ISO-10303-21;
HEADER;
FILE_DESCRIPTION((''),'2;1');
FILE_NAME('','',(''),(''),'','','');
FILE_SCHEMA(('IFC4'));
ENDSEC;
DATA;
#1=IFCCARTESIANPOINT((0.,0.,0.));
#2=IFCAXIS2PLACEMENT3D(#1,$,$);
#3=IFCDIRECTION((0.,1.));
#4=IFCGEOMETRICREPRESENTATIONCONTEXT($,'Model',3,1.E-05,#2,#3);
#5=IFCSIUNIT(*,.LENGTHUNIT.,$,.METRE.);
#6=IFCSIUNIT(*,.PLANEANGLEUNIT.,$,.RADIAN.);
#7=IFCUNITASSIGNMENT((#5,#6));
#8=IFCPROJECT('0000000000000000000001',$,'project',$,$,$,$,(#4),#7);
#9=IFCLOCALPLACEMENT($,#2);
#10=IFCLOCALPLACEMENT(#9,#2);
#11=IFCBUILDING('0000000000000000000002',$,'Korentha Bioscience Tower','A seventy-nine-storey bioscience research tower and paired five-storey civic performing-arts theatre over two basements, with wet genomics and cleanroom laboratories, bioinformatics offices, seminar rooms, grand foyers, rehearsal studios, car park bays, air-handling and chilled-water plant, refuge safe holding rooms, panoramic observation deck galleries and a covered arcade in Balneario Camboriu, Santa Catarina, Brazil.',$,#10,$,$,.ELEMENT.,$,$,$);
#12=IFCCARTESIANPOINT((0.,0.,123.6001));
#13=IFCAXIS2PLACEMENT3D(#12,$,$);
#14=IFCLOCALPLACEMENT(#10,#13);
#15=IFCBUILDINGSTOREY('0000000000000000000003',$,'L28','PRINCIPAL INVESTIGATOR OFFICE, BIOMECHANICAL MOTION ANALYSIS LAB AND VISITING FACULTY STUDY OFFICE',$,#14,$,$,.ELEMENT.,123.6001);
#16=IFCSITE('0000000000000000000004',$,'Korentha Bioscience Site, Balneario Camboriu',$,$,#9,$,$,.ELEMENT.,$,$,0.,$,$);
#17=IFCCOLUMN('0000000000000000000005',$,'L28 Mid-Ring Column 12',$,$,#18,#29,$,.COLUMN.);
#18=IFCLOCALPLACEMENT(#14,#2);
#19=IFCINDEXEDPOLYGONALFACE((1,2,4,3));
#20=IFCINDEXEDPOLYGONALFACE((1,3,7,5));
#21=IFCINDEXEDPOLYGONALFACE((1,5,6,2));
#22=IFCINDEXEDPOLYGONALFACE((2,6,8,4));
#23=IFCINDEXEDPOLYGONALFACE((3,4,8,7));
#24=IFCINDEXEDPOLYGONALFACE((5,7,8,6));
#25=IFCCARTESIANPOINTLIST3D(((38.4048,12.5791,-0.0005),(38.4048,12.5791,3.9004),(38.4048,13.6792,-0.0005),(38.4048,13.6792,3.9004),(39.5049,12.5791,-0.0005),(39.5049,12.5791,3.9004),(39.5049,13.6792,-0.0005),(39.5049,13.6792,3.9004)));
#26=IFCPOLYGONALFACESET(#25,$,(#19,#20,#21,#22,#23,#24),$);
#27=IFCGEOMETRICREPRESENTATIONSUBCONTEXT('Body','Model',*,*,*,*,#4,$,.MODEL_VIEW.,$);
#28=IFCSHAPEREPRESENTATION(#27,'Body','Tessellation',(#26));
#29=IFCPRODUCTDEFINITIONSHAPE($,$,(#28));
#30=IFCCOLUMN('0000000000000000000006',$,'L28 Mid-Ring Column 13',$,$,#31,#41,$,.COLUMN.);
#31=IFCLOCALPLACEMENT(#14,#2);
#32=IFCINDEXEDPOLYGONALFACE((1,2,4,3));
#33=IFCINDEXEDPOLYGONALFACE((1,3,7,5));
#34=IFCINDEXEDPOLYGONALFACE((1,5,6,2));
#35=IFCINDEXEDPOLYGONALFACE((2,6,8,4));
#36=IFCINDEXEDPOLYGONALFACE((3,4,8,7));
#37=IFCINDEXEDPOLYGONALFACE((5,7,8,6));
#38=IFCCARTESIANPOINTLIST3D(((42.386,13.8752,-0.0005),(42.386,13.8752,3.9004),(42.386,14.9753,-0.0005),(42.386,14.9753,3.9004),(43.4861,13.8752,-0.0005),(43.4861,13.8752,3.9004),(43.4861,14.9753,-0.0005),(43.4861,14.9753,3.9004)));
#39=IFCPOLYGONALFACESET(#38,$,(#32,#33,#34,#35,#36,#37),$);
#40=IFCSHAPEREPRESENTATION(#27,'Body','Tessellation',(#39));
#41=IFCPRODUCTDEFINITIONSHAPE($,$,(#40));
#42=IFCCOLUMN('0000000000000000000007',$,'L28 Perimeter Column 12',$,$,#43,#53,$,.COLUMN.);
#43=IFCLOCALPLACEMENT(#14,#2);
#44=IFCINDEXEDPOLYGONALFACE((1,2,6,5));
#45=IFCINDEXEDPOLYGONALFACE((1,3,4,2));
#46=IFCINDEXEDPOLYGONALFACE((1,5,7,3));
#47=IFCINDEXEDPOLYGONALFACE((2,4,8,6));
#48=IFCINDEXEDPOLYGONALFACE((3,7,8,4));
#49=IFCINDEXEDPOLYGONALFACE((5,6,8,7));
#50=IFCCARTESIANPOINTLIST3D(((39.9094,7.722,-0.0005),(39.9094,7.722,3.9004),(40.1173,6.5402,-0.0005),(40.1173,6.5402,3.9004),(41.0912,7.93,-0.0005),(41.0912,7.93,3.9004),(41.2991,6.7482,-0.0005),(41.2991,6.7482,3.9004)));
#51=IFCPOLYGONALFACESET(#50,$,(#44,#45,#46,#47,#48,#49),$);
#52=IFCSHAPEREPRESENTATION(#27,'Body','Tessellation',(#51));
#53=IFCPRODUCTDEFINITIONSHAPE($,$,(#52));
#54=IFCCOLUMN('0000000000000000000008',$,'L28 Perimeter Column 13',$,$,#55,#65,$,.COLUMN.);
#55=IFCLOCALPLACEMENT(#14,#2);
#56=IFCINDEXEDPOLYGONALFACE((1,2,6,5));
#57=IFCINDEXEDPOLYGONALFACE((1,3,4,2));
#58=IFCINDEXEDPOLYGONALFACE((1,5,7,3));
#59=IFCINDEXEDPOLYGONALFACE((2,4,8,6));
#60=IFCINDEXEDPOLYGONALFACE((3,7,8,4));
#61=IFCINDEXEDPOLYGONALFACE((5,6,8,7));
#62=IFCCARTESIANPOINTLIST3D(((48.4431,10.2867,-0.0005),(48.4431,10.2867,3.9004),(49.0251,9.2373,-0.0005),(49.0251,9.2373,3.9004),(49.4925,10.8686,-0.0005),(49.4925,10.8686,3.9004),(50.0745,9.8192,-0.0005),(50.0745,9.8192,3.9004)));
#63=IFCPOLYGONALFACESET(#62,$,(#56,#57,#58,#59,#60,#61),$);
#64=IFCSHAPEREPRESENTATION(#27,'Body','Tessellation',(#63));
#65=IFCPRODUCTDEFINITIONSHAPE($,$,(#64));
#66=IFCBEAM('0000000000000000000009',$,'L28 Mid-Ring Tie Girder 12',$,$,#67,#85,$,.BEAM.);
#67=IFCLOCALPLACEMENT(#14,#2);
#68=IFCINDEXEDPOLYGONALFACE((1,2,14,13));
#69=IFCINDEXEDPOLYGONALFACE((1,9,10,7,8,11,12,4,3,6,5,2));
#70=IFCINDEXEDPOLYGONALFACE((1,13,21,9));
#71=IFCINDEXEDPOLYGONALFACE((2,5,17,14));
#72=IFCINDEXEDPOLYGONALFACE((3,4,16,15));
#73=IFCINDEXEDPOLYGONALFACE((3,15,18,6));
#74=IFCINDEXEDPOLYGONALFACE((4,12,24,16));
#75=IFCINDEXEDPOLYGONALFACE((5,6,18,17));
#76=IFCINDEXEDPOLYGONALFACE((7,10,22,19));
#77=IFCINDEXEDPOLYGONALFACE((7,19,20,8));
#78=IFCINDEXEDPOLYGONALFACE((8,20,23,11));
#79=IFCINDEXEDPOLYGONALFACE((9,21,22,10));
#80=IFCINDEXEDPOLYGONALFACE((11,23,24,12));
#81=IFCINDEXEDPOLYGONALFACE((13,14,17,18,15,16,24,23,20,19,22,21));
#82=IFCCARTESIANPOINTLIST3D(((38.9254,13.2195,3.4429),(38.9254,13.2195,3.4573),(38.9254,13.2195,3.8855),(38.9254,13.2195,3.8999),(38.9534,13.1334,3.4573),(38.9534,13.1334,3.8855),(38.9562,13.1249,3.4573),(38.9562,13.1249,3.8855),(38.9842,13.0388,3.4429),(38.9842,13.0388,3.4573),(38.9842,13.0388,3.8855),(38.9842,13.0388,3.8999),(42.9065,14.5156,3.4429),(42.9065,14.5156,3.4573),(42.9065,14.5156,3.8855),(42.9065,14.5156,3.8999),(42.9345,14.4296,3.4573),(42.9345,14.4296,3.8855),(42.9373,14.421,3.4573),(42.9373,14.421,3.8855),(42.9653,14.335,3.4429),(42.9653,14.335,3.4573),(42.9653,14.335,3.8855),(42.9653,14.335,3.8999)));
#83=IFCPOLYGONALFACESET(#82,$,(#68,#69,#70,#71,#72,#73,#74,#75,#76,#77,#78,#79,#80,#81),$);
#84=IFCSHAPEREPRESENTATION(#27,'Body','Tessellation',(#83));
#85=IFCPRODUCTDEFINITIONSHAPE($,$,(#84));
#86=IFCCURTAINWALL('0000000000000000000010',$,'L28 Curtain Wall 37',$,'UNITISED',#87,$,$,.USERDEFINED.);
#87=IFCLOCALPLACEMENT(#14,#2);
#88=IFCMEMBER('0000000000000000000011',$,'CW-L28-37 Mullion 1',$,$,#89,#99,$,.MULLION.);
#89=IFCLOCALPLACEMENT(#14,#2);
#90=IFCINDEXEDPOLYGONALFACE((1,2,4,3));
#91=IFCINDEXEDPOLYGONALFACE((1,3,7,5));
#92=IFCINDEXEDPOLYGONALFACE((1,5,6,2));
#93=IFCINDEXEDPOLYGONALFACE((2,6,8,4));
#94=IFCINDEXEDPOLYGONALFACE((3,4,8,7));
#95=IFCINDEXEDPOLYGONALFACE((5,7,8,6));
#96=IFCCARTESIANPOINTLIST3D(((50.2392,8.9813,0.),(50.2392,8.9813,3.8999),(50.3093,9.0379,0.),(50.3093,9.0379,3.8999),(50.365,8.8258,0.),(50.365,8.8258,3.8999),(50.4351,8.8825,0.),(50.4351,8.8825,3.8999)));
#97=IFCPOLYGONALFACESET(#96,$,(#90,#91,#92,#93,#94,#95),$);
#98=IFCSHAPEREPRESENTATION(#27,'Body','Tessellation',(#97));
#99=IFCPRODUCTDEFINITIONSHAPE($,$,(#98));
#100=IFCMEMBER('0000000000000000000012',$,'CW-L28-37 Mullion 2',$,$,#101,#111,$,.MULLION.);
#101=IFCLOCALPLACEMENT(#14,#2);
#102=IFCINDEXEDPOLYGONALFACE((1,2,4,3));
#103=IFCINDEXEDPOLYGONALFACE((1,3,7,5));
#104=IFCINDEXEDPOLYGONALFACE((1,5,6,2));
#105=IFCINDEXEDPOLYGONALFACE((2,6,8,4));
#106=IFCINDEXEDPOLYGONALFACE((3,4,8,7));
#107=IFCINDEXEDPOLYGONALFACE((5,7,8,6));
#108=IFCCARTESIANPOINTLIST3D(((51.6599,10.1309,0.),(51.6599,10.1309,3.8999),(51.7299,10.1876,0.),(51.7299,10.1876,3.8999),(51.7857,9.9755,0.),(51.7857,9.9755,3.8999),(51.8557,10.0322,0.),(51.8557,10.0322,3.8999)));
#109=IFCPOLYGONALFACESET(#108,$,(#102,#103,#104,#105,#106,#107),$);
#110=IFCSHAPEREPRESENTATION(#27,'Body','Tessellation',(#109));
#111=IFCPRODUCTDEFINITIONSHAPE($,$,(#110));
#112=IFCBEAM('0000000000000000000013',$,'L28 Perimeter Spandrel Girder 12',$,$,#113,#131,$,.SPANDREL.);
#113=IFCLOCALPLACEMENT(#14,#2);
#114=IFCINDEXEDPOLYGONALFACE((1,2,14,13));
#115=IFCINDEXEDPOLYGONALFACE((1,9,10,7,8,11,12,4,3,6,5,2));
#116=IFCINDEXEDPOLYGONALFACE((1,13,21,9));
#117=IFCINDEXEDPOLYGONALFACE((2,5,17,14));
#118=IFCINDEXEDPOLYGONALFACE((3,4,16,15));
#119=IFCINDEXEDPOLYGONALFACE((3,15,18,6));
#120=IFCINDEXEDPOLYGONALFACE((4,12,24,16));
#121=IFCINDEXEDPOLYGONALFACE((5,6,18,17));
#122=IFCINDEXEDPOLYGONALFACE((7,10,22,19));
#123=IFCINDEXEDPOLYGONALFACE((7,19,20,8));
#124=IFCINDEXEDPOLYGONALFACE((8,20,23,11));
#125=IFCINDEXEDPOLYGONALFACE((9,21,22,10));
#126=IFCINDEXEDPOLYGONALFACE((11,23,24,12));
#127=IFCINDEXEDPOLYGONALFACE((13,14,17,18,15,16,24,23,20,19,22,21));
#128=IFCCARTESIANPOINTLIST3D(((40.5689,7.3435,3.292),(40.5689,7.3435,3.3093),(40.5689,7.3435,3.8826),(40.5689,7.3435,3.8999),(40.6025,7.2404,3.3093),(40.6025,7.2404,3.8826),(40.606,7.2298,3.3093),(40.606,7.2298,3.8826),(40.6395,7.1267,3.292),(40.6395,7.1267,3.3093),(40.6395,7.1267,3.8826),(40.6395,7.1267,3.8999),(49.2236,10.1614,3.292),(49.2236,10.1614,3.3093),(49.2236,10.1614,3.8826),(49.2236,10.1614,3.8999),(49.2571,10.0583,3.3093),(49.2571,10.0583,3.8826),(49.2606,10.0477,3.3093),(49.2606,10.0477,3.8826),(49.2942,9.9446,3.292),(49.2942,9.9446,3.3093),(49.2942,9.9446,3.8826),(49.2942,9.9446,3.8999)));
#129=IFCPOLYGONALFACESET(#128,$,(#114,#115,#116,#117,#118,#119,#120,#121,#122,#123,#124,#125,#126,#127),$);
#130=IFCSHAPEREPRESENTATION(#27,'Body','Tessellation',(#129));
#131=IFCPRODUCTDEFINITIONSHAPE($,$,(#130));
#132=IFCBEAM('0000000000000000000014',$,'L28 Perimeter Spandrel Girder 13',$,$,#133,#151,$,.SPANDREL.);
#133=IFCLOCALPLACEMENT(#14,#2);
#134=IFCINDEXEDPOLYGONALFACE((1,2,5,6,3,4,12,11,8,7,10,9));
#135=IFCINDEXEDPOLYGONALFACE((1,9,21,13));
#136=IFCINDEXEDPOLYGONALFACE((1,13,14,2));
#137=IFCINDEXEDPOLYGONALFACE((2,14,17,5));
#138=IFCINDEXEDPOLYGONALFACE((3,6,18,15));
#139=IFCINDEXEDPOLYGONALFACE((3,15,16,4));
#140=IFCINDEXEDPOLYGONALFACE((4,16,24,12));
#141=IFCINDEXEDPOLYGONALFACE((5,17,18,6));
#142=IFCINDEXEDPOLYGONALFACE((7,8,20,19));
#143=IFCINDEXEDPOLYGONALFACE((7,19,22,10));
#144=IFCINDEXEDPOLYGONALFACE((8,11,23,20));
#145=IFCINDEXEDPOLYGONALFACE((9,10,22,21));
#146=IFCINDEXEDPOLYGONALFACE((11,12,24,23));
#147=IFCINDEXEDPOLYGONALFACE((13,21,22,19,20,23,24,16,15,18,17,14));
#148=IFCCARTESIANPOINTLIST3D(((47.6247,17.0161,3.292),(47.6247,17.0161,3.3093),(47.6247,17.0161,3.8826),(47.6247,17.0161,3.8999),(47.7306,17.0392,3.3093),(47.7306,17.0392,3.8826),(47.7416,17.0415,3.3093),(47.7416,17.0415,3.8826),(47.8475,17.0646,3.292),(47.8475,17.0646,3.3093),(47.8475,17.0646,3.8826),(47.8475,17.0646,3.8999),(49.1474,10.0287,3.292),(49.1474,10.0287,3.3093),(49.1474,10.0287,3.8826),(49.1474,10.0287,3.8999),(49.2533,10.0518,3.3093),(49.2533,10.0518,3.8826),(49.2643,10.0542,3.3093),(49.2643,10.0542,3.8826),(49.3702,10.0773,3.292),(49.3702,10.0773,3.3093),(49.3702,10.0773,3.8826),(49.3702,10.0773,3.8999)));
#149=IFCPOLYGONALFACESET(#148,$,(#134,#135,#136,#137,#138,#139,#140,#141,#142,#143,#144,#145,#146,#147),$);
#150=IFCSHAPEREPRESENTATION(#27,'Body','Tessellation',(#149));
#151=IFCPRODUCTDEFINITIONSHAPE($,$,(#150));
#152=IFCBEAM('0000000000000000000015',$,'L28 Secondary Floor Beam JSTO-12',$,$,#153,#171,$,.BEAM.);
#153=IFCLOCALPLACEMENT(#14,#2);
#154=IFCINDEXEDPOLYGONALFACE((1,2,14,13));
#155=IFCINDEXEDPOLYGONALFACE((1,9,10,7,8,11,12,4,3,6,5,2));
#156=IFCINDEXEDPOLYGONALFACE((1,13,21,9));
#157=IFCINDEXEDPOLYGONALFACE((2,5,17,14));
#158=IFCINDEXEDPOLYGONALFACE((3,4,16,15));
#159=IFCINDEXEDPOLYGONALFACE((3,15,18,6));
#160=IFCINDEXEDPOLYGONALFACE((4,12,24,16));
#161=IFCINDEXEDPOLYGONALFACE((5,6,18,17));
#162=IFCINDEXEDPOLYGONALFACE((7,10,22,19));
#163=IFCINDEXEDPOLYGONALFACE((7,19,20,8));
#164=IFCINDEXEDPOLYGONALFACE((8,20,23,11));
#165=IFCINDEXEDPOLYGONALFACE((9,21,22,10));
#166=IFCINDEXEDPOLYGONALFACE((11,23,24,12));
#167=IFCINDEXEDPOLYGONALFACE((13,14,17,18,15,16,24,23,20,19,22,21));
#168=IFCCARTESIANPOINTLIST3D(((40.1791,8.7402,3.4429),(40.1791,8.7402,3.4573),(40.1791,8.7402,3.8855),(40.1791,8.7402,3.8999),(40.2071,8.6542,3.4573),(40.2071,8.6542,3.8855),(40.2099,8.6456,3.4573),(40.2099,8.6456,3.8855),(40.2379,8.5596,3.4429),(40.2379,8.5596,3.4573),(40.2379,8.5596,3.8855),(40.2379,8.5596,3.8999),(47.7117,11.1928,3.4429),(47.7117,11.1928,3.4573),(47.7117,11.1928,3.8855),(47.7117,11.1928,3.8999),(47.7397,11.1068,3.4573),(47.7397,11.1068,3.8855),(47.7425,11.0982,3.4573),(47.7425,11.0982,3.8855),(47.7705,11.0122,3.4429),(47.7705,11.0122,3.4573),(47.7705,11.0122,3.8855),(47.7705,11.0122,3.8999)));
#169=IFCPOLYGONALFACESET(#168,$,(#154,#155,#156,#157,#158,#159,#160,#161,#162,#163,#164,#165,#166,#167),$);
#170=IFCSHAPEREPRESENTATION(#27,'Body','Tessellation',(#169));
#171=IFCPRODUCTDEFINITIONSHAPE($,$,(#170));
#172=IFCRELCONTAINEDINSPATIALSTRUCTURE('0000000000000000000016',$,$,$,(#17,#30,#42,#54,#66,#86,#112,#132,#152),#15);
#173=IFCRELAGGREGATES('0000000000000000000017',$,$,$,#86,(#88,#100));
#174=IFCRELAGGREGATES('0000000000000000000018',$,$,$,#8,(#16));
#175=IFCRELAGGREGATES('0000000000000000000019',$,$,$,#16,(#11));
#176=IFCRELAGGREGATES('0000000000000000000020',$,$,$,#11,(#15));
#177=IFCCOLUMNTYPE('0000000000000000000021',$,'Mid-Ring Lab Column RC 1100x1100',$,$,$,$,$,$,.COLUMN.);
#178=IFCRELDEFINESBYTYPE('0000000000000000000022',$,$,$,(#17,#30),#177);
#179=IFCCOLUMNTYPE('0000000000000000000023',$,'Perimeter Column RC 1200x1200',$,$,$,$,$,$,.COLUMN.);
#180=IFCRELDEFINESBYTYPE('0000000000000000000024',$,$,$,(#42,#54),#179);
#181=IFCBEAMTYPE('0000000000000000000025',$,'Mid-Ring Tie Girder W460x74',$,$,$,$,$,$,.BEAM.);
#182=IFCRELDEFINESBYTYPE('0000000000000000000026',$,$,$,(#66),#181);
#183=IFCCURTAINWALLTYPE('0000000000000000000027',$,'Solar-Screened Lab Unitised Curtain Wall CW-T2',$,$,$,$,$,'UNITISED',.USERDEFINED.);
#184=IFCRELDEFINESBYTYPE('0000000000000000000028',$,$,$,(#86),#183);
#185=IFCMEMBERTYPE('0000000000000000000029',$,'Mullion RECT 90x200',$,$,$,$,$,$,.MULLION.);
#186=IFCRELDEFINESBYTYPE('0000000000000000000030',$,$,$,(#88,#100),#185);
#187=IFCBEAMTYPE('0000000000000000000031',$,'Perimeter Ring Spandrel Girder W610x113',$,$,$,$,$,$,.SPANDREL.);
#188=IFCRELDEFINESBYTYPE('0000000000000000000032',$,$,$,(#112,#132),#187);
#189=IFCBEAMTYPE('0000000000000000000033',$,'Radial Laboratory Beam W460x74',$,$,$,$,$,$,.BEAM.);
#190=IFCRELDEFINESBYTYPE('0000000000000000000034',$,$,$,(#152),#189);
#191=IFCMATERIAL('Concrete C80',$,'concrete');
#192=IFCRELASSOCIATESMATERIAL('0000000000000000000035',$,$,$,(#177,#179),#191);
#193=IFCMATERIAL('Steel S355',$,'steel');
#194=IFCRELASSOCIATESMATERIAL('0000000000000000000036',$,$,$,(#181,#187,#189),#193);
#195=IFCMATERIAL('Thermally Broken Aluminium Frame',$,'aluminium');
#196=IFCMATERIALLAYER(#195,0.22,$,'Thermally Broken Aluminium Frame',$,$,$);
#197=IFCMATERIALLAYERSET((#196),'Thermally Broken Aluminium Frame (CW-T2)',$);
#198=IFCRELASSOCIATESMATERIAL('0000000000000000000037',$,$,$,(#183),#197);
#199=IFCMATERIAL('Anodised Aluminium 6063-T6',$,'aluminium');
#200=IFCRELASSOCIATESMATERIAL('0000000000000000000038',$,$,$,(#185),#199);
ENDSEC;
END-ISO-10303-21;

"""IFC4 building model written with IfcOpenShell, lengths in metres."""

from ifc_helpers import new_model, si_unit, direction, frame, origin, origin_2d, place, context, subcontext, project, spatial, rectangle, i_section, extrude, material, layer, layer_set, material_profile, profile_set, type_object, element, aggregate, save


model = new_model("IFC4")

# Units and contexts
model_context = context("Model", 3, precision=1e-05, world=origin(), true_north=direction((0.0, 1.0)))
body_context = subcontext(model_context, "Body", "Model", "MODEL_VIEW")
ifc_project = project(units=[si_unit("LENGTHUNIT", "METRE"), si_unit("PLANEANGLEUNIT", "RADIAN")], contexts=[model_context])

# Site, building, storey
site_placement = place(None, origin())
site = spatial("IfcSite", under=ifc_project, at=site_placement, Name="Korentha Bioscience Site, Balneario Camboriu", CompositionType="ELEMENT", RefElevation=0.0)
building_placement = place(site_placement, origin())
building = spatial("IfcBuilding", under=site, at=building_placement, Name="Korentha Bioscience Tower", Description="A seventy-nine-storey bioscience research tower and paired five-storey civic performing-arts theatre over two basements, with wet genomics and cleanroom laboratories, bioinformatics offices, seminar rooms, grand foyers, rehearsal studios, car park bays, air-handling and chilled-water plant, refuge safe holding rooms, panoramic observation deck galleries and a covered arcade in Balneario Camboriu, Santa Catarina, Brazil.", CompositionType="ELEMENT")
storey_placement = place(building_placement, frame((0.0, 0.0, 123.6001)))
storey = spatial("IfcBuildingStorey", under=building, at=storey_placement, Name="L28", Description="PRINCIPAL INVESTIGATOR OFFICE, BIOMECHANICAL MOTION ANALYSIS LAB AND VISITING FACULTY STUDY OFFICE", CompositionType="ELEMENT", Elevation=123.6001)

# Columns
ifc_material_1 = material(Name="Concrete C80", Category="concrete")
ifc_material_profile_1 = material_profile(ifc_material_1, rectangle(XDim=1.1001, YDim=1.1001, at=origin_2d()), Name="Concrete C80")
ifc_profile_set_1 = profile_set([ifc_material_profile_1], Name="Concrete C80 (COL-MR11)")
column_type_1 = type_object("IfcColumnType", Name="Mid-Ring Lab Column RC 1100x1100", PredefinedType="COLUMN", material=ifc_profile_set_1)
for number, where, z_axis, x_axis, name in (
    (1, (38.9548, 13.1292, -0.0005), (0.0, 0.0, 1.0), (1.0, 0.0, 0.0), "L28 Mid-Ring Column 12"),
    (2, (42.936, 14.4253, -0.0005), (0.0, 0.0, 1.0), (1.0, 0.0, 0.0), "L28 Mid-Ring Column 13"),
):
    element("IfcColumn", number, at=place(storey_placement, frame(where, z_axis=z_axis, x_axis=x_axis)), inside=storey, type_object=column_type_1, Name=name, PredefinedType="COLUMN", context=body_context, shape_type="SweptSolid", body=[
        extrude(rectangle(XDim=1.1001, YDim=1.1001, at=origin_2d()), origin(), (0.0, 0.0, 1.0), 3.9009),
    ])
ifc_material_profile_2 = material_profile(ifc_material_1, rectangle(XDim=1.2, YDim=1.2, at=origin_2d()), Name="Concrete C80")
ifc_profile_set_2 = profile_set([ifc_material_profile_2], Name="Concrete C80 (COL-P12)")
column_type_2 = type_object("IfcColumnType", Name="Perimeter Column RC 1200x1200", PredefinedType="COLUMN", material=ifc_profile_set_2)
for number, where, z_axis, x_axis, name in (
    (3, (40.6042, 7.2351, -0.0005), (0.0, 0.0, 1.0), (0.984868, 0.173304, 0.0), "L28 Perimeter Column 12"),
    (4, (49.2588, 10.053, -0.0005), (0.0, 0.0, 1.0), (0.874535, 0.484962, 0.0), "L28 Perimeter Column 13"),
):
    element("IfcColumn", number, at=place(storey_placement, frame(where, z_axis=z_axis, x_axis=x_axis)), inside=storey, type_object=column_type_2, Name=name, PredefinedType="COLUMN", context=body_context, shape_type="SweptSolid", body=[
        extrude(rectangle(XDim=1.2, YDim=1.2, at=origin_2d()), origin(), (0.0, 0.0, 1.0), 3.9009),
    ])

# Beam
ifc_material_2 = material(Name="Steel S355", Category="steel")
ifc_material_profile_3 = material_profile(ifc_material_2, i_section(OverallWidth=0.1899, OverallDepth=0.457, WebThickness=0.009, FlangeThickness=0.0144, at=origin_2d()), Name="Steel S355")
ifc_profile_set_3 = profile_set([ifc_material_profile_3], Name="Steel S355 (MB-460)")
beam_type_1 = type_object("IfcBeamType", Name="Mid-Ring Tie Girder W460x74", PredefinedType="BEAM", material=ifc_profile_set_3)
beam_1_placement = place(storey_placement, frame((38.9548, 13.1292, 3.6714), z_axis=(0.950876, 0.309573, 0.0), x_axis=(-0.309573, 0.950876, 0.0)))
element("IfcBeam", 5, at=beam_1_placement, inside=storey, type_object=beam_type_1, Name="L28 Mid-Ring Tie Girder 12", PredefinedType="BEAM", context=body_context, shape_type="SweptSolid", body=[
    extrude(i_section(OverallWidth=0.1899, OverallDepth=0.457, WebThickness=0.009, FlangeThickness=0.0144, at=origin_2d()), origin(), (0.0, 0.0, 1.0), 4.1868),
])

# Curtain wall, members
ifc_material_3 = material(Name="Thermally Broken Aluminium Frame", Category="aluminium")
ifc_layer_1 = layer(ifc_material_3, 0.22, Name="Thermally Broken Aluminium Frame")
ifc_layer_set_1 = layer_set([ifc_layer_1], Name="Thermally Broken Aluminium Frame (CW-T2)")
curtain_wall_type = type_object("IfcCurtainWallType", Name="Solar-Screened Lab Unitised Curtain Wall CW-T2", ElementType="UNITISED", PredefinedType="USERDEFINED", material=ifc_layer_set_1)
curtain_wall_placement = place(storey_placement, origin())
curtain_wall = element("IfcCurtainWall", 6, at=curtain_wall_placement, inside=storey, type_object=curtain_wall_type, Name="L28 Curtain Wall 37", ObjectType="UNITISED", PredefinedType="USERDEFINED")
ifc_material_4 = material(Name="Anodised Aluminium 6063-T6", Category="aluminium")
ifc_material_profile_4 = material_profile(ifc_material_4, rectangle(XDim=0.0901, YDim=0.2, at=origin_2d()), Name="Anodised Aluminium 6063-T6")
ifc_profile_set_4 = profile_set([ifc_material_profile_4], Name="Anodised Aluminium 6063-T6 (CW-MUL)")
member_type_1 = type_object("IfcMemberType", Name="Mullion RECT 90x200", PredefinedType="MULLION", material=ifc_profile_set_4)
member_1_placement = place(storey_placement, frame((50.3372, 8.9319, 0.0), z_axis=(0.0, 0.0, 1.0), x_axis=(0.777315, 0.629111, 0.0)))
member_1 = element("IfcMember", 7, at=member_1_placement, type_object=member_type_1, Name="CW-L28-37 Mullion 1", PredefinedType="MULLION", context=body_context, shape_type="SweptSolid", body=[
    extrude(rectangle(XDim=0.0901, YDim=0.2, at=origin_2d()), origin(), (0.0, 0.0, 1.0), 3.8999),
])
member_2_placement = place(storey_placement, frame((51.7578, 10.0815, 0.0), z_axis=(0.0, 0.0, 1.0), x_axis=(0.777315, 0.629111, 0.0)))
member_2 = element("IfcMember", 8, at=member_2_placement, type_object=member_type_1, Name="CW-L28-37 Mullion 2", PredefinedType="MULLION", context=body_context, shape_type="SweptSolid", body=[
    extrude(rectangle(XDim=0.0901, YDim=0.2, at=origin_2d()), origin(), (0.0, 0.0, 1.0), 3.8999),
])

# Beams
ifc_material_profile_5 = material_profile(ifc_material_2, i_section(OverallWidth=0.228, OverallDepth=0.6079, WebThickness=0.0112, FlangeThickness=0.0173, at=origin_2d()), Name="Steel S355")
ifc_profile_set_5 = profile_set([ifc_material_profile_5], Name="Steel S355 (SB-610)")
beam_type_2 = type_object("IfcBeamType", Name="Perimeter Ring Spandrel Girder W610x113", PredefinedType="SPANDREL", material=ifc_profile_set_5)
beam_2_placement = place(storey_placement, frame((40.6042, 7.2351, 3.5959), z_axis=(0.950868, 0.309597, 0.0), x_axis=(-0.309597, 0.950868, 0.0)))
element("IfcBeam", 9, at=beam_2_placement, inside=storey, type_object=beam_type_2, Name="L28 Perimeter Spandrel Girder 12", PredefinedType="SPANDREL", context=body_context, shape_type="SweptSolid", body=[
    extrude(i_section(OverallWidth=0.228, OverallDepth=0.6079, WebThickness=0.0112, FlangeThickness=0.0173, at=origin_2d()), origin(), (0.0, 0.0, 1.0), 9.1018),
])
beam_3_placement = place(storey_placement, frame((49.2588, 10.053, 3.5959), z_axis=(-0.212927, 0.977068, 0.0), x_axis=(-0.977068, -0.212927, 0.0)))
element("IfcBeam", 10, at=beam_3_placement, inside=storey, type_object=beam_type_2, Name="L28 Perimeter Spandrel Girder 13", PredefinedType="SPANDREL", context=body_context, shape_type="SweptSolid", body=[
    extrude(i_section(OverallWidth=0.228, OverallDepth=0.6079, WebThickness=0.0112, FlangeThickness=0.0173, at=origin_2d()), origin(), (0.0, 0.0, 1.0), 7.1514),
])
ifc_material_profile_6 = material_profile(ifc_material_2, i_section(OverallWidth=0.1899, OverallDepth=0.457, WebThickness=0.009, FlangeThickness=0.0144, at=origin_2d()), Name="Steel S355")
ifc_profile_set_6 = profile_set([ifc_material_profile_6], Name="Steel S355 (RB-460)")
beam_type_3 = type_object("IfcBeamType", Name="Radial Laboratory Beam W460x74", PredefinedType="BEAM", material=ifc_profile_set_6)
beam_4_placement = place(storey_placement, frame((40.2085, 8.6499, 3.6714), z_axis=(0.950867, 0.3096, 0.0), x_axis=(-0.3096, 0.950867, 0.0)))
element("IfcBeam", 11, at=beam_4_placement, inside=storey, type_object=beam_type_3, Name="L28 Secondary Floor Beam JSTO-12", PredefinedType="BEAM", context=body_context, shape_type="SweptSolid", body=[
    extrude(i_section(OverallWidth=0.1899, OverallDepth=0.457, WebThickness=0.009, FlangeThickness=0.0144, at=origin_2d()), origin(), (0.0, 0.0, 1.0), 7.9219),
])

aggregate(curtain_wall, [member_1, member_2])

save(model, "model.ifc")
